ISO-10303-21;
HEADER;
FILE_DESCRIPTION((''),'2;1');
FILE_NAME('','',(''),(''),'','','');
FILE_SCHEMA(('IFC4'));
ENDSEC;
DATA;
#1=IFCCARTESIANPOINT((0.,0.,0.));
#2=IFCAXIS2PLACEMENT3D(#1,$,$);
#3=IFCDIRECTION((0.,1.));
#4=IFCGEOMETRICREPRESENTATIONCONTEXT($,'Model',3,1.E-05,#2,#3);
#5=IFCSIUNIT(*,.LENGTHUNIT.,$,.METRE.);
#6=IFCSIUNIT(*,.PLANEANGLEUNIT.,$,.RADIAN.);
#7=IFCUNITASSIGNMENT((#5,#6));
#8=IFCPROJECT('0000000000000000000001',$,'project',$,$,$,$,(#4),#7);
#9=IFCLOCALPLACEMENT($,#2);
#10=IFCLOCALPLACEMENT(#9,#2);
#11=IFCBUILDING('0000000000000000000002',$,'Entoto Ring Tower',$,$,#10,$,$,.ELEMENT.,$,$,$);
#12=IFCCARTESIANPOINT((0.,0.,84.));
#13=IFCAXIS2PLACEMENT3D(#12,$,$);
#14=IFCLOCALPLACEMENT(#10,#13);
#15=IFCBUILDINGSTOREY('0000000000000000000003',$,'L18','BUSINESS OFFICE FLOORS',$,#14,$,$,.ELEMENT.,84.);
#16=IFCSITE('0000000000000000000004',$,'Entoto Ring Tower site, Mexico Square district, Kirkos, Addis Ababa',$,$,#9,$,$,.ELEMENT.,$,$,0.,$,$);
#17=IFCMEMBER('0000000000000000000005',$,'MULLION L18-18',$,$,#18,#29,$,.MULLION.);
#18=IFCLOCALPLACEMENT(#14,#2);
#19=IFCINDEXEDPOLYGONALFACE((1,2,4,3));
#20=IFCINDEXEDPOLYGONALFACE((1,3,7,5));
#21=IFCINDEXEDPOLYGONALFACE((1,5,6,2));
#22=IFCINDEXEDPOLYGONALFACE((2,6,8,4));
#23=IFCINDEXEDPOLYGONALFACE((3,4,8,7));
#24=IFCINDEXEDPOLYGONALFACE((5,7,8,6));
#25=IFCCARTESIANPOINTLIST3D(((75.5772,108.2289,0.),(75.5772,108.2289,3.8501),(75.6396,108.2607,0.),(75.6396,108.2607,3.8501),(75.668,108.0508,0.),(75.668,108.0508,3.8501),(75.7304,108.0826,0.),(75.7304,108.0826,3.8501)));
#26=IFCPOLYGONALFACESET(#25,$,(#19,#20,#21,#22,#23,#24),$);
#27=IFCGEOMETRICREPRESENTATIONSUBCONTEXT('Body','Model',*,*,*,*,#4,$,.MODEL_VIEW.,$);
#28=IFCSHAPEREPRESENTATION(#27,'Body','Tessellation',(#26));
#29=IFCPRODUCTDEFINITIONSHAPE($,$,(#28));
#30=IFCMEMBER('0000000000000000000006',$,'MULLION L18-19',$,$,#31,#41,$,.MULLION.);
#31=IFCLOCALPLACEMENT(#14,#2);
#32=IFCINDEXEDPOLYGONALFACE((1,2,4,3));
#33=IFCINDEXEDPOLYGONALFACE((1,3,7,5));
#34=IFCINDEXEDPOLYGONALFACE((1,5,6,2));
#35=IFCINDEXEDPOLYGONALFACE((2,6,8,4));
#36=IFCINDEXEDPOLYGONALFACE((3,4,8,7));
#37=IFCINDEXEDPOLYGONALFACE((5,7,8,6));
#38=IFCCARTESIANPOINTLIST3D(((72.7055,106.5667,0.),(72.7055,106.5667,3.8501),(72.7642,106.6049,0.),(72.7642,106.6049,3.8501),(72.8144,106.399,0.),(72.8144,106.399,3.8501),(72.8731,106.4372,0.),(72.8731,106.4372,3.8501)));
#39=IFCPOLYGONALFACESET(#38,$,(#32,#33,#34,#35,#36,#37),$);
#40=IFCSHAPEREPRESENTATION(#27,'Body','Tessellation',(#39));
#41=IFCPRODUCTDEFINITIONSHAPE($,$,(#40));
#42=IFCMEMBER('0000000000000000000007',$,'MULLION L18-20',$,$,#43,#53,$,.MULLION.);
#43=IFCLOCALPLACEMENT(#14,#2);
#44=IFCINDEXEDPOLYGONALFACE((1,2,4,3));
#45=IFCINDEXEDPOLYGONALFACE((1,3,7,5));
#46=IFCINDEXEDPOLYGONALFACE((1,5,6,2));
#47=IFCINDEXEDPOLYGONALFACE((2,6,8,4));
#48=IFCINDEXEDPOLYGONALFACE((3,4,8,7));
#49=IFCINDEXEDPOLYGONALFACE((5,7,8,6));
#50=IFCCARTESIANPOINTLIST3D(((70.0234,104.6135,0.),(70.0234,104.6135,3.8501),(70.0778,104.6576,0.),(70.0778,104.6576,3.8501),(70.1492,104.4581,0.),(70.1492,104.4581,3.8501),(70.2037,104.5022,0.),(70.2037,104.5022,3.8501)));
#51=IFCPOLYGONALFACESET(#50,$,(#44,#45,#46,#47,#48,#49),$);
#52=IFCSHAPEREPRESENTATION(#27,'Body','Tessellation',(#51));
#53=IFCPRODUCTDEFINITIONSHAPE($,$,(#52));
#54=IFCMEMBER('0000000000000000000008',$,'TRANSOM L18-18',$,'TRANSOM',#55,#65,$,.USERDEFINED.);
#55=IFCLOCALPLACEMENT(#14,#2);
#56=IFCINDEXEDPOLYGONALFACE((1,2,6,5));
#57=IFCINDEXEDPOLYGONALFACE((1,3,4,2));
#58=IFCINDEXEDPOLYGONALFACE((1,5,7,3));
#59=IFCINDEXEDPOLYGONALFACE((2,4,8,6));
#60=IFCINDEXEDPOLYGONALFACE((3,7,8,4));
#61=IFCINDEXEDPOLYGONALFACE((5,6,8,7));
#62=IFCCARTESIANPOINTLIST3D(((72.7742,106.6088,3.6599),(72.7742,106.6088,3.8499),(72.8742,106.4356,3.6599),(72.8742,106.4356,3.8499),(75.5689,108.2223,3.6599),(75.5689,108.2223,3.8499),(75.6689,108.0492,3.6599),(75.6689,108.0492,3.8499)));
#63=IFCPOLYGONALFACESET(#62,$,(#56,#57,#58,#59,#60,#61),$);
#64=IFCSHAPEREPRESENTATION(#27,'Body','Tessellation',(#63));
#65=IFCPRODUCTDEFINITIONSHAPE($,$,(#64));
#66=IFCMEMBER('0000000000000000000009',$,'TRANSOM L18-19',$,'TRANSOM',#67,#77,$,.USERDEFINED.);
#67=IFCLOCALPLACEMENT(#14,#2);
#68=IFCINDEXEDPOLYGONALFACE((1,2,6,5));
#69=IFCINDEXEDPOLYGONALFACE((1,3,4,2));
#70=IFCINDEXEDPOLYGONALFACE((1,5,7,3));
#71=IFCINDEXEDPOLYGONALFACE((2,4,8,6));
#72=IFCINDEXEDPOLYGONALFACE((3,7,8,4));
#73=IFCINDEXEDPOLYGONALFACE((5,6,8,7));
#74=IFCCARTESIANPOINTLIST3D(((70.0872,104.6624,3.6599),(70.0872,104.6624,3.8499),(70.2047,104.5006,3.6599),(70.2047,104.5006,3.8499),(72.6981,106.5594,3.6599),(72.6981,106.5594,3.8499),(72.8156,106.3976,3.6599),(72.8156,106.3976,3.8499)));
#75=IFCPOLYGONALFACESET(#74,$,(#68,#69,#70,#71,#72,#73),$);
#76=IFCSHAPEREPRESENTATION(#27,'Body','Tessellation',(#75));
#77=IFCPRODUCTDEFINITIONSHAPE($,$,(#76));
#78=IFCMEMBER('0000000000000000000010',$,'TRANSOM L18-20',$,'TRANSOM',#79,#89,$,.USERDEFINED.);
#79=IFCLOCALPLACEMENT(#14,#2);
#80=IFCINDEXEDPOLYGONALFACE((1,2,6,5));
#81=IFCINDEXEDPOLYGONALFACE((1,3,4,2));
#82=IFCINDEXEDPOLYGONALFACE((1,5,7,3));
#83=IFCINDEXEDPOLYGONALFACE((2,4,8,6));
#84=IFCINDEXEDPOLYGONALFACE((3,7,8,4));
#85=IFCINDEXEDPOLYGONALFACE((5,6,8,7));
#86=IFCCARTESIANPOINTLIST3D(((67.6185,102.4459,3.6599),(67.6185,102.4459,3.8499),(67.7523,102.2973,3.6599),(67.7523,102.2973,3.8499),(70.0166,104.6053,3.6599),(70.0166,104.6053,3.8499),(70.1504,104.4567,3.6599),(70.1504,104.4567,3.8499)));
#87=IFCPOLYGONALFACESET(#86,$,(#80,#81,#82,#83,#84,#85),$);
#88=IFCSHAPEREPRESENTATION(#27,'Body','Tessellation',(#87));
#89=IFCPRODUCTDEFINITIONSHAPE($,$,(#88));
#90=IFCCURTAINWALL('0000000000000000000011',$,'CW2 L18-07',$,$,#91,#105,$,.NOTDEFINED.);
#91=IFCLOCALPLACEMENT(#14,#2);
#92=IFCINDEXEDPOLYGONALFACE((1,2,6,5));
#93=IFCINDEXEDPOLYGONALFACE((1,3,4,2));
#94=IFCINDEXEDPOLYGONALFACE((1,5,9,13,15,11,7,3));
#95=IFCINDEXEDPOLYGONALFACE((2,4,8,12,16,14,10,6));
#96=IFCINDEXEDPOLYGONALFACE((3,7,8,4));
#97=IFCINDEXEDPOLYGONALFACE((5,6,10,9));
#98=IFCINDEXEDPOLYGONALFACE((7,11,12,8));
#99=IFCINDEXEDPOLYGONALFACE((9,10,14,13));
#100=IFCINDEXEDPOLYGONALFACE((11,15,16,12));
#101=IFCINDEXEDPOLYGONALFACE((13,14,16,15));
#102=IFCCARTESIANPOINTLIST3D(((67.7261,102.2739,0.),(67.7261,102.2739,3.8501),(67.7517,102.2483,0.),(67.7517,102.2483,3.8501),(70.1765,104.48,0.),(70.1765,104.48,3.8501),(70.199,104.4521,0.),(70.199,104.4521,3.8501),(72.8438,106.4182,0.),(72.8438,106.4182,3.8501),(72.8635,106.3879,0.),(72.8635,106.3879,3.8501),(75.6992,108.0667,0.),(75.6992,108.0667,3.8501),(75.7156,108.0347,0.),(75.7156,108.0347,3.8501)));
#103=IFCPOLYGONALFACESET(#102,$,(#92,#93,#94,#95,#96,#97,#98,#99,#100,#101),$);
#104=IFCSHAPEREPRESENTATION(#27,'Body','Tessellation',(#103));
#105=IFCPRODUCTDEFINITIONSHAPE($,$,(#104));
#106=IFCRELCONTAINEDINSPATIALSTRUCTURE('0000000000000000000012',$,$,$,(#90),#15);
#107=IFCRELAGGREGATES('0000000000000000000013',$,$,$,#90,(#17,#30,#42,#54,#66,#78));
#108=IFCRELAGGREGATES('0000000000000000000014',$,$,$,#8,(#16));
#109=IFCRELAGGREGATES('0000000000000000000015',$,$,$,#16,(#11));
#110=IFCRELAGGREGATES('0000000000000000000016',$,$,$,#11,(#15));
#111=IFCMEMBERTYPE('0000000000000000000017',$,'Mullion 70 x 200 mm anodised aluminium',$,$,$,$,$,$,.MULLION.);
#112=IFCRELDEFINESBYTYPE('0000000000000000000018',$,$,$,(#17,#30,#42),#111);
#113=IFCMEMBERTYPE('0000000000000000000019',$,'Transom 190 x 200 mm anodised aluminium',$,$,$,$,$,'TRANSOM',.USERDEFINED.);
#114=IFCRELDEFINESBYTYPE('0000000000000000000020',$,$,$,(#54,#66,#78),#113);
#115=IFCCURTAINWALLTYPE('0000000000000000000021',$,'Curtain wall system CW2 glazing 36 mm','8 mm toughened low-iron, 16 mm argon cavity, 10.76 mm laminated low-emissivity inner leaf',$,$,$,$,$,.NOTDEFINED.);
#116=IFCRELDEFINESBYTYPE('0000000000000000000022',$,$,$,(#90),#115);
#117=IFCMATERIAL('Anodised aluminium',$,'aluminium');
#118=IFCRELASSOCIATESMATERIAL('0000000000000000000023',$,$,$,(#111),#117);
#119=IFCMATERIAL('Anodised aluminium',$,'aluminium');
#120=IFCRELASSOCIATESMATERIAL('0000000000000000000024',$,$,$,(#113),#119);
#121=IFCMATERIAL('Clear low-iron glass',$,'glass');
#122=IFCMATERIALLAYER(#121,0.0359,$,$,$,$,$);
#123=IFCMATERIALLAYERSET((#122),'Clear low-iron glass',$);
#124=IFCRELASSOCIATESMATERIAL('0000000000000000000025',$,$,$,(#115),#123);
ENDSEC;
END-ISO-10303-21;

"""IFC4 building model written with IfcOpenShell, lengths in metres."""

from ifc_helpers import new_model, si_unit, direction, frame, origin, origin_2d, place, context, subcontext, project, spatial, polyline, rectangle, outline, extrude, material, layer, layer_set, material_profile, profile_set, type_object, element, aggregate, save


model = new_model("IFC4")

# Units and contexts
model_context = context("Model", 3, precision=1e-05, world=origin(), true_north=direction((0.0, 1.0)))
body_context = subcontext(model_context, "Body", "Model", "MODEL_VIEW")
ifc_project = project(units=[si_unit("LENGTHUNIT", "METRE"), si_unit("PLANEANGLEUNIT", "RADIAN")], contexts=[model_context])

# Members
ifc_material_1 = material(Name="Anodised aluminium", Category="aluminium")
ifc_material_profile_1 = material_profile(ifc_material_1, rectangle(XDim=0.0701, YDim=0.2, at=origin_2d()), Name="Mullion 70 x 200 mm anodised aluminium")
ifc_profile_set_1 = profile_set([ifc_material_profile_1], Name="Anodised aluminium")
member_type_1 = type_object("IfcMemberType", Name="Mullion 70 x 200 mm anodised aluminium", PredefinedType="MULLION", material=ifc_profile_set_1)
site_placement = place(None, origin())
building_placement = place(site_placement, origin())
storey_placement = place(building_placement, frame((0.0, 0.0, 84.0)))
member_1_placement = place(storey_placement, frame((75.6538, 108.1558, 0.0), z_axis=(0.0, 0.0, 1.0), x_axis=(-0.891007, -0.45399, 0.0)))
member_1 = element("IfcMember", 1, at=member_1_placement, type_object=member_type_1, Name="MULLION L18-18", PredefinedType="MULLION", context=body_context, shape_type="SweptSolid", body=[
    extrude(rectangle(XDim=0.0701, YDim=0.2, at=origin_2d()), origin(), (0.0, 0.0, 1.0), 3.8501),
])
member_2_placement = place(storey_placement, frame((72.7893, 106.502, 0.0), z_axis=(0.0, 0.0, 1.0), x_axis=(-0.838671, -0.544639, 0.0)))
member_2 = element("IfcMember", 2, at=member_2_placement, type_object=member_type_1, Name="MULLION L18-19", PredefinedType="MULLION", context=body_context, shape_type="SweptSolid", body=[
    extrude(rectangle(XDim=0.0701, YDim=0.2, at=origin_2d()), origin(), (0.0, 0.0, 1.0), 3.8501),
])
member_3_placement = place(storey_placement, frame((70.1135, 104.5579, 0.0), z_axis=(0.0, 0.0, 1.0), x_axis=(-0.777146, -0.62932, 0.0)))
member_3 = element("IfcMember", 3, at=member_3_placement, type_object=member_type_1, Name="MULLION L18-20", PredefinedType="MULLION", context=body_context, shape_type="SweptSolid", body=[
    extrude(rectangle(XDim=0.0701, YDim=0.2, at=origin_2d()), origin(), (0.0, 0.0, 1.0), 3.8501),
])
ifc_material_2 = material(Name="Anodised aluminium", Category="aluminium")
ifc_material_profile_2 = material_profile(ifc_material_2, rectangle(XDim=0.2, YDim=0.1899, at=origin_2d()), Name="Transom 190 x 200 mm anodised aluminium")
ifc_profile_set_2 = profile_set([ifc_material_profile_2], Name="Anodised aluminium")
member_type_2 = type_object("IfcMemberType", Name="Transom 190 x 200 mm anodised aluminium", ElementType="TRANSOM", PredefinedType="USERDEFINED", material=ifc_profile_set_2)
member_4_placement = place(storey_placement, frame((75.6189, 108.1357, 3.7549), z_axis=(-0.866023, -0.500004, 0.0), x_axis=(0.500004, -0.866023, 0.0)))
member_4 = element("IfcMember", 4, at=member_4_placement, type_object=member_type_2, Name="TRANSOM L18-18", ObjectType="TRANSOM", PredefinedType="USERDEFINED", context=body_context, shape_type="SweptSolid", body=[
    extrude(rectangle(XDim=0.2, YDim=0.1899, at=origin_2d()), origin(), (0.0, 0.0, 1.0), 3.2271),
])
member_5_placement = place(storey_placement, frame((72.7568, 106.4785, 3.7549), z_axis=(-0.809004, -0.587803, 0.0), x_axis=(0.587803, -0.809004, 0.0)))
member_5 = element("IfcMember", 5, at=member_5_placement, type_object=member_type_2, Name="TRANSOM L18-19", ObjectType="TRANSOM", PredefinedType="USERDEFINED", context=body_context, shape_type="SweptSolid", body=[
    extrude(rectangle(XDim=0.2, YDim=0.1899, at=origin_2d()), origin(), (0.0, 0.0, 1.0), 3.2273),
])
member_6_placement = place(storey_placement, frame((70.0835, 104.531, 3.7549), z_axis=(-0.743132, -0.669144, 0.0), x_axis=(0.669144, -0.743132, 0.0)))
member_6 = element("IfcMember", 6, at=member_6_placement, type_object=member_type_2, Name="TRANSOM L18-20", ObjectType="TRANSOM", PredefinedType="USERDEFINED", context=body_context, shape_type="SweptSolid", body=[
    extrude(rectangle(XDim=0.2, YDim=0.1899, at=origin_2d()), origin(), (0.0, 0.0, 1.0), 3.2271),
])

# Site, building, storey
site = spatial("IfcSite", under=ifc_project, at=site_placement, Name="Entoto Ring Tower site, Mexico Square district, Kirkos, Addis Ababa", CompositionType="ELEMENT", RefElevation=0.0)
building = spatial("IfcBuilding", under=site, at=building_placement, Name="Entoto Ring Tower", CompositionType="ELEMENT")
storey = spatial("IfcBuildingStorey", under=building, at=storey_placement, Name="L18", Description="BUSINESS OFFICE FLOORS", CompositionType="ELEMENT", Elevation=84.0)

# Curtain wall
ifc_material_3 = material(Name="Clear low-iron glass", Category="glass")
ifc_layer = layer(ifc_material_3, 0.0359)
ifc_layer_set = layer_set([ifc_layer], Name="Clear low-iron glass")
curtain_wall_type = type_object("IfcCurtainWallType", Name="Curtain wall system CW2 glazing 36 mm", Description="8 mm toughened low-iron, 16 mm argon cavity, 10.76 mm laminated low-emissivity inner leaf", PredefinedType="NOTDEFINED", material=ifc_layer_set)
curtain_wall_1_placement = place(storey_placement, origin())
curtain_wall_1 = element("IfcCurtainWall", 7, at=curtain_wall_1_placement, inside=storey, type_object=curtain_wall_type, Name="CW2 L18-07", PredefinedType="NOTDEFINED", context=body_context, shape_type="SweptSolid", body=[
    extrude(outline(polyline([(75.6992, 108.0667), (72.8438, 106.4182), (70.1765, 104.48), (67.7261, 102.2739), (67.7517, 102.2483), (70.199, 104.4521), (72.8635, 106.3879), (75.7156, 108.0347), (75.6992, 108.0667)])), origin(), (0.0, 0.0, 1.0), 3.8501),
])
aggregate(curtain_wall_1, [member_1, member_2, member_3, member_4, member_5, member_6])

save(model, "model.ifc")
